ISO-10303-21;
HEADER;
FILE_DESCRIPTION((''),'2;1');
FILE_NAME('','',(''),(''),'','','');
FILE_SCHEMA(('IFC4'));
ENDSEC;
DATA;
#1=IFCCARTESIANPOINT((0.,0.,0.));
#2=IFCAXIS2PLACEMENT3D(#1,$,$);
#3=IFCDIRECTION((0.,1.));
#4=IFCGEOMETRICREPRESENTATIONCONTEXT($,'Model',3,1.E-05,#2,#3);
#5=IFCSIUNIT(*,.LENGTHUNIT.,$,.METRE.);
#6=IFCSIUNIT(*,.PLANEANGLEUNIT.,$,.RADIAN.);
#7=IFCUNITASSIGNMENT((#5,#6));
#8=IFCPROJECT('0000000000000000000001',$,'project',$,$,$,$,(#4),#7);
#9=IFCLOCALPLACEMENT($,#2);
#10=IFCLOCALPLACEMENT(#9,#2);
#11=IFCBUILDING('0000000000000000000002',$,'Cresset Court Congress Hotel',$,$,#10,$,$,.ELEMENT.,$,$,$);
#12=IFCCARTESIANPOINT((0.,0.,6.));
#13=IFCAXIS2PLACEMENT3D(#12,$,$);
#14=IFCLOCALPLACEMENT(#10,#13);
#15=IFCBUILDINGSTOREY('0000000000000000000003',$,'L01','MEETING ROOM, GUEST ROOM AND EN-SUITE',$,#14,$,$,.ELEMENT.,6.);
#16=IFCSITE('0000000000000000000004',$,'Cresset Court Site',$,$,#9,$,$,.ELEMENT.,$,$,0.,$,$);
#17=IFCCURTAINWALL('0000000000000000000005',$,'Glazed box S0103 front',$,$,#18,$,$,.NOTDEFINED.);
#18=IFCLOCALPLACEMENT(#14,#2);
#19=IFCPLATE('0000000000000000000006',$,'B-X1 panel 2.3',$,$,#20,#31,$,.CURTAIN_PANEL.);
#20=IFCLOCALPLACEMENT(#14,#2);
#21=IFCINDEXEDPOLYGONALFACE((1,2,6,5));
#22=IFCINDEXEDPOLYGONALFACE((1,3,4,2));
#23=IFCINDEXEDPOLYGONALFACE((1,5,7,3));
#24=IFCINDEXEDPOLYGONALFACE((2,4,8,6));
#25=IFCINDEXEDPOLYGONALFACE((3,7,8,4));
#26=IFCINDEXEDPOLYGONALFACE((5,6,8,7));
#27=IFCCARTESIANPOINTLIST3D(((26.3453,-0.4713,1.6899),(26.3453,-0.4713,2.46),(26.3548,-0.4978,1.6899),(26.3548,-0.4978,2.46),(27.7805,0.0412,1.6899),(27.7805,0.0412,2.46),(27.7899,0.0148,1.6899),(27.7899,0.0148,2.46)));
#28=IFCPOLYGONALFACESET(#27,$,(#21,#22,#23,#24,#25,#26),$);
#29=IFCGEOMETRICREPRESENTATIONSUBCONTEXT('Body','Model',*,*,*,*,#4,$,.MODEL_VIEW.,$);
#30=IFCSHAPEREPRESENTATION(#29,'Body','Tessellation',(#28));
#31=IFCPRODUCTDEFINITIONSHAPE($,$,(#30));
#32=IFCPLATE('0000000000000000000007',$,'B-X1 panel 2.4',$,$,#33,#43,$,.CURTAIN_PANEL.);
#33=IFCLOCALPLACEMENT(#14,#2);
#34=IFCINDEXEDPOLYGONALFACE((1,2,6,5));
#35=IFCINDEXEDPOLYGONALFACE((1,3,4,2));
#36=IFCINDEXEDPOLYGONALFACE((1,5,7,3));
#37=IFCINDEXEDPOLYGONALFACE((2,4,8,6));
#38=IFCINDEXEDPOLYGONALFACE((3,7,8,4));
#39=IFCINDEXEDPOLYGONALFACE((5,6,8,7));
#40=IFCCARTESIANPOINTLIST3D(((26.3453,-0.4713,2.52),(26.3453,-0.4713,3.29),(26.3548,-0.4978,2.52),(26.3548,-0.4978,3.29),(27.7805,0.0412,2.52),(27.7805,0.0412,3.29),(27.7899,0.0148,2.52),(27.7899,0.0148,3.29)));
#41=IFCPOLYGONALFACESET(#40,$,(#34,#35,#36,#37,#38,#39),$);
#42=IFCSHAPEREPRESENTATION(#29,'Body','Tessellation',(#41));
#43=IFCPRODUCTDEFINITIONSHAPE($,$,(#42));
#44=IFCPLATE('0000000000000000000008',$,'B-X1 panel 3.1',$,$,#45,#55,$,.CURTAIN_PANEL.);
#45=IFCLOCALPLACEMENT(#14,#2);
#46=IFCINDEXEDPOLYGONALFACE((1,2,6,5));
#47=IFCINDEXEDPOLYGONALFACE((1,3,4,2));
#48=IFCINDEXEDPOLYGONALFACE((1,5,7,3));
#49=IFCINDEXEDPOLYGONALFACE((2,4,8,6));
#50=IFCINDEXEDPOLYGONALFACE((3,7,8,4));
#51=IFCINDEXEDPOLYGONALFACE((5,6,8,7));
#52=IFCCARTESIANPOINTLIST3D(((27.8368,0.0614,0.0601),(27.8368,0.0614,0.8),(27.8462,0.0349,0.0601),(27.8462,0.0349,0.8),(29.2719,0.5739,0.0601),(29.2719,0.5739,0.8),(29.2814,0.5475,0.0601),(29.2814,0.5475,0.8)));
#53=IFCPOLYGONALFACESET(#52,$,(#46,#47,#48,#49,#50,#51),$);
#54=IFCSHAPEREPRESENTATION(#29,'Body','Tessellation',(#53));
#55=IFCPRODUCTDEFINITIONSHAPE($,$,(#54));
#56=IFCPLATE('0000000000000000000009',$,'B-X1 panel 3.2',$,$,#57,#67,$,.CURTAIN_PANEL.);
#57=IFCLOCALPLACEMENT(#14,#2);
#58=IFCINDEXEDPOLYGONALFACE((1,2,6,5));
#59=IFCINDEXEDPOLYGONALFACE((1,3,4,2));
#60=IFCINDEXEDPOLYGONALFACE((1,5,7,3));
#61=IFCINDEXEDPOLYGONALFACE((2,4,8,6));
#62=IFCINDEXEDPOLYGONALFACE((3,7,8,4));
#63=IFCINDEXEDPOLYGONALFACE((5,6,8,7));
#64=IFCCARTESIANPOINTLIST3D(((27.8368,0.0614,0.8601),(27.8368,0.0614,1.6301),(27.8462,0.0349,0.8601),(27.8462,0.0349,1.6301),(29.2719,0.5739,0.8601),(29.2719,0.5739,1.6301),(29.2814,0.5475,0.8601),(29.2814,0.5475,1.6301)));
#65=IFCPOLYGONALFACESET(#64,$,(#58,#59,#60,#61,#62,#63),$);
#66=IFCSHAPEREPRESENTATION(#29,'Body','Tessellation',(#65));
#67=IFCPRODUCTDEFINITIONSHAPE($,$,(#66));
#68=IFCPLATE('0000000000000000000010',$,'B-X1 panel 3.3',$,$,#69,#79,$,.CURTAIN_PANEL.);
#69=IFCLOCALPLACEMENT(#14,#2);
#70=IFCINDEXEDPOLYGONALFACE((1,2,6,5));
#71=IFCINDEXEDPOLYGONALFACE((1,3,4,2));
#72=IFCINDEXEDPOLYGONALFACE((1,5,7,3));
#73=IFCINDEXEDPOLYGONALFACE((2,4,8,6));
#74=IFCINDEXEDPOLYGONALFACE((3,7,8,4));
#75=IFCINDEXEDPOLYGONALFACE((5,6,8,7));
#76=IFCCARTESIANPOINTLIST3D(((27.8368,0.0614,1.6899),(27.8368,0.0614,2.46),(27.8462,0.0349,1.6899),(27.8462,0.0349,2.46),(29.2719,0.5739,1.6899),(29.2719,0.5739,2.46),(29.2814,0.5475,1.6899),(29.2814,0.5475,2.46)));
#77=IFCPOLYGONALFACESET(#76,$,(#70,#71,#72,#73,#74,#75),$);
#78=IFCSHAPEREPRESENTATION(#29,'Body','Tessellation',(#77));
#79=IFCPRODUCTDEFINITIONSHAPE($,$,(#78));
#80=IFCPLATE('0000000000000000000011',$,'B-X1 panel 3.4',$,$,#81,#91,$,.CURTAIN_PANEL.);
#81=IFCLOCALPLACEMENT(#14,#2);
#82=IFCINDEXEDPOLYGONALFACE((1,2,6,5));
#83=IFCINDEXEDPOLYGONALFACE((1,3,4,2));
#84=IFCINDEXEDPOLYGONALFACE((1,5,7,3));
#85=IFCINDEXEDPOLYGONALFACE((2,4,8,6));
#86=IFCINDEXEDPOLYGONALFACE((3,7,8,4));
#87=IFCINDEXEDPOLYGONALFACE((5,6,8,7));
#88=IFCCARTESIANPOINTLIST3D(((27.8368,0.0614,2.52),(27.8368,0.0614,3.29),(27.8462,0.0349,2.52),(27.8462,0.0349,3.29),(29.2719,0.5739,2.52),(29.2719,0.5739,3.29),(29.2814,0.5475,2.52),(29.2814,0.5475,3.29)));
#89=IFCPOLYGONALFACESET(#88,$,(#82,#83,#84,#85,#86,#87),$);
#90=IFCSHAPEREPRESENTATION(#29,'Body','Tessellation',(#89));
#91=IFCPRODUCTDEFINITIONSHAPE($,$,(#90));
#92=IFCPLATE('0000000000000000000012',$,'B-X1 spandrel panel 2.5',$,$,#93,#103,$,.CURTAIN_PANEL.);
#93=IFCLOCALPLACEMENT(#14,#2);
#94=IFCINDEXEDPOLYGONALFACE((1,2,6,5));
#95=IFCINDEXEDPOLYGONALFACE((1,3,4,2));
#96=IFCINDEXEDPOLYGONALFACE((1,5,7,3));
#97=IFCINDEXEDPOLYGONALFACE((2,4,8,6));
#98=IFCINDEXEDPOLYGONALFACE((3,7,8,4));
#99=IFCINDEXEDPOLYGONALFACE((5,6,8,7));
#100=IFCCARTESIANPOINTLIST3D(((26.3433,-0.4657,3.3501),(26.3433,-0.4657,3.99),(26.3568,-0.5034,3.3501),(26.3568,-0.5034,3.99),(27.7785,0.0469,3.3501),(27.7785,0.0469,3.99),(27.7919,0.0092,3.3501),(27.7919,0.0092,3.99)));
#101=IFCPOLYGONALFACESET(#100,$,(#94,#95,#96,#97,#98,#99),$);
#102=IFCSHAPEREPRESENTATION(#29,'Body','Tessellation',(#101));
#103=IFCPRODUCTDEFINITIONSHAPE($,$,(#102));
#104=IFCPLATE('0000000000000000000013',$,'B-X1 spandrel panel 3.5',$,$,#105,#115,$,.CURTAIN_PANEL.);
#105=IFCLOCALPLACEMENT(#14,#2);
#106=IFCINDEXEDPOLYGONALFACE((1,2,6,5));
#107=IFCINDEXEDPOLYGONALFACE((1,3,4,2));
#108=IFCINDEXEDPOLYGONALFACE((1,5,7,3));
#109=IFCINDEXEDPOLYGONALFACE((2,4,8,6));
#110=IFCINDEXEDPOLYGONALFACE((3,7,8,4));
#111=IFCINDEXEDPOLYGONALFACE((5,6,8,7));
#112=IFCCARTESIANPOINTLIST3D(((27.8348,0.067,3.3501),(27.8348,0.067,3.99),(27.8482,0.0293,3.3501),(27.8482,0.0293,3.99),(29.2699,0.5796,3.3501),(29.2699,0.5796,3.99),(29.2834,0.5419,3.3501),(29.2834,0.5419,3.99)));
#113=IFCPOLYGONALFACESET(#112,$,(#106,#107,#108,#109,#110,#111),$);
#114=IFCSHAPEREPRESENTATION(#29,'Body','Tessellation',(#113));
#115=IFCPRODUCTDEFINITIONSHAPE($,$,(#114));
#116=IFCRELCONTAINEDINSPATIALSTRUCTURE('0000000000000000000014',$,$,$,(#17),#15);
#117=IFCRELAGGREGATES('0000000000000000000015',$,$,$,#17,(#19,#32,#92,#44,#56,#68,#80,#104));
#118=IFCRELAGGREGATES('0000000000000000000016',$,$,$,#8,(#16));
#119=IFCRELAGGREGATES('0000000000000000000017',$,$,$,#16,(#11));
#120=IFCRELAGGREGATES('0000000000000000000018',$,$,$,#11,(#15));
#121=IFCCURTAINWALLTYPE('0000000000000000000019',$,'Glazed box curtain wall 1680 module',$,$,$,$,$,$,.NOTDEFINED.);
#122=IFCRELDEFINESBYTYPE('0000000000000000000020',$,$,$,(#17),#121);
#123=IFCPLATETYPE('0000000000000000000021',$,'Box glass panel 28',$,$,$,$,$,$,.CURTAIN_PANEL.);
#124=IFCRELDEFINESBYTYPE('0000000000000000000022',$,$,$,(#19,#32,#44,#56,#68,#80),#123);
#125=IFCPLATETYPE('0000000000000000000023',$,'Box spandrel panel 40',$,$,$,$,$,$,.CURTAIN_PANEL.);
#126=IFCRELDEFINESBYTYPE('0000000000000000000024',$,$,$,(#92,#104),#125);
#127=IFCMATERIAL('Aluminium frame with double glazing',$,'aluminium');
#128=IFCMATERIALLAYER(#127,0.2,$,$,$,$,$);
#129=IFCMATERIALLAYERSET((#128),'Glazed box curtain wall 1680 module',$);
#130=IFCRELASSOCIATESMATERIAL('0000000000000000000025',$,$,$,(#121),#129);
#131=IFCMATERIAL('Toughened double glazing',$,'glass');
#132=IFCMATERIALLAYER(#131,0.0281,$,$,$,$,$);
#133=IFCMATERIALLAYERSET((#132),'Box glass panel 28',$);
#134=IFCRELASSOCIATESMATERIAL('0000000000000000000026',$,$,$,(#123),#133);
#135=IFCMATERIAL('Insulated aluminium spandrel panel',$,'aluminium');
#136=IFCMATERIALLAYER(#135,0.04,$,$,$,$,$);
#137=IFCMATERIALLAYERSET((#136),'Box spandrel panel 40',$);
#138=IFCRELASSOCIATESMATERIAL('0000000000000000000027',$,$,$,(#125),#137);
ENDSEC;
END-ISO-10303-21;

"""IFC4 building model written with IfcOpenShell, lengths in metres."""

from ifc_helpers import new_model, si_unit, direction, frame, origin, origin_2d, place, context, subcontext, project, spatial, rectangle, extrude, material, layer, layer_set, type_object, element, aggregate, save


model = new_model("IFC4")

# Units and contexts
model_context = context("Model", 3, precision=1e-05, world=origin(), true_north=direction((0.0, 1.0)))
body_context = subcontext(model_context, "Body", "Model", "MODEL_VIEW")
ifc_project = project(units=[si_unit("LENGTHUNIT", "METRE"), si_unit("PLANEANGLEUNIT", "RADIAN")], contexts=[model_context])

# Site, building, storey
site_placement = place(None, origin())
site = spatial("IfcSite", under=ifc_project, at=site_placement, Name="Cresset Court Site", CompositionType="ELEMENT", RefElevation=0.0)
building_placement = place(site_placement, origin())
building = spatial("IfcBuilding", under=site, at=building_placement, Name="Cresset Court Congress Hotel", CompositionType="ELEMENT")
storey_placement = place(building_placement, frame((0.0, 0.0, 6.0)))
storey = spatial("IfcBuildingStorey", under=building, at=storey_placement, Name="L01", Description="MEETING ROOM, GUEST ROOM AND EN-SUITE", CompositionType="ELEMENT", Elevation=6.0)

# Curtain wall, plates
ifc_material_1 = material(Name="Aluminium frame with double glazing", Category="aluminium")
ifc_layer_1 = layer(ifc_material_1, 0.2)
ifc_layer_set_1 = layer_set([ifc_layer_1], Name="Glazed box curtain wall 1680 module")
curtain_wall_type = type_object("IfcCurtainWallType", Name="Glazed box curtain wall 1680 module", PredefinedType="NOTDEFINED", material=ifc_layer_set_1)
curtain_wall_placement = place(storey_placement, origin())
curtain_wall = element("IfcCurtainWall", 1, at=curtain_wall_placement, inside=storey, type_object=curtain_wall_type, Name="Glazed box S0103 front", PredefinedType="NOTDEFINED")
ifc_material_2 = material(Name="Toughened double glazing", Category="glass")
ifc_layer_2 = layer(ifc_material_2, 0.0281)
ifc_layer_set_2 = layer_set([ifc_layer_2], Name="Box glass panel 28")
plate_type_1 = type_object("IfcPlateType", Name="Box glass panel 28", PredefinedType="CURTAIN_PANEL", material=ifc_layer_set_2)
plate_1_placement = place(storey_placement, frame((27.0676, -0.2283, 1.6899), z_axis=(0.0, 0.0, 1.0), x_axis=(0.941742, 0.336336, 0.0)))
plate_1 = element("IfcPlate", 2, at=plate_1_placement, type_object=plate_type_1, Name="B-X1 panel 2.3", PredefinedType="CURTAIN_PANEL", context=body_context, shape_type="SweptSolid", body=[
    extrude(rectangle(XDim=1.5239, YDim=0.0281, at=origin_2d()), origin(), (0.0, 0.0, 1.0), 0.77),
])
plate_2_placement = place(storey_placement, frame((27.0676, -0.2283, 2.52), z_axis=(0.0, 0.0, 1.0), x_axis=(0.941742, 0.336336, 0.0)))
plate_2 = element("IfcPlate", 3, at=plate_2_placement, type_object=plate_type_1, Name="B-X1 panel 2.4", PredefinedType="CURTAIN_PANEL", context=body_context, shape_type="SweptSolid", body=[
    extrude(rectangle(XDim=1.5239, YDim=0.0281, at=origin_2d()), origin(), (0.0, 0.0, 1.0), 0.77),
])
plate_3_placement = place(storey_placement, frame((28.5591, 0.3044, 0.0601), z_axis=(0.0, 0.0, 1.0), x_axis=(0.941742, 0.336336, 0.0)))
plate_3 = element("IfcPlate", 4, at=plate_3_placement, type_object=plate_type_1, Name="B-X1 panel 3.1", PredefinedType="CURTAIN_PANEL", context=body_context, shape_type="SweptSolid", body=[
    extrude(rectangle(XDim=1.5239, YDim=0.0281, at=origin_2d()), origin(), (0.0, 0.0, 1.0), 0.74),
])
plate_4_placement = place(storey_placement, frame((28.5591, 0.3044, 0.8601), z_axis=(0.0, 0.0, 1.0), x_axis=(0.941742, 0.336336, 0.0)))
plate_4 = element("IfcPlate", 5, at=plate_4_placement, type_object=plate_type_1, Name="B-X1 panel 3.2", PredefinedType="CURTAIN_PANEL", context=body_context, shape_type="SweptSolid", body=[
    extrude(rectangle(XDim=1.5239, YDim=0.0281, at=origin_2d()), origin(), (0.0, 0.0, 1.0), 0.77),
])
plate_5_placement = place(storey_placement, frame((28.5591, 0.3044, 1.6899), z_axis=(0.0, 0.0, 1.0), x_axis=(0.941742, 0.336336, 0.0)))
plate_5 = element("IfcPlate", 6, at=plate_5_placement, type_object=plate_type_1, Name="B-X1 panel 3.3", PredefinedType="CURTAIN_PANEL", context=body_context, shape_type="SweptSolid", body=[
    extrude(rectangle(XDim=1.5239, YDim=0.0281, at=origin_2d()), origin(), (0.0, 0.0, 1.0), 0.77),
])
plate_6_placement = place(storey_placement, frame((28.5591, 0.3044, 2.52), z_axis=(0.0, 0.0, 1.0), x_axis=(0.941742, 0.336336, 0.0)))
plate_6 = element("IfcPlate", 7, at=plate_6_placement, type_object=plate_type_1, Name="B-X1 panel 3.4", PredefinedType="CURTAIN_PANEL", context=body_context, shape_type="SweptSolid", body=[
    extrude(rectangle(XDim=1.5239, YDim=0.0281, at=origin_2d()), origin(), (0.0, 0.0, 1.0), 0.77),
])
ifc_material_3 = material(Name="Insulated aluminium spandrel panel", Category="aluminium")
ifc_layer_3 = layer(ifc_material_3, 0.04)
ifc_layer_set_3 = layer_set([ifc_layer_3], Name="Box spandrel panel 40")
plate_type_2 = type_object("IfcPlateType", Name="Box spandrel panel 40", PredefinedType="CURTAIN_PANEL", material=ifc_layer_set_3)
plate_7_placement = place(storey_placement, frame((27.0676, -0.2283, 3.3501), z_axis=(0.0, 0.0, 1.0), x_axis=(0.941742, 0.336336, 0.0)))
plate_7 = element("IfcPlate", 8, at=plate_7_placement, type_object=plate_type_2, Name="B-X1 spandrel panel 2.5", PredefinedType="CURTAIN_PANEL", context=body_context, shape_type="SweptSolid", body=[
    extrude(rectangle(XDim=1.5239, YDim=0.04, at=origin_2d()), origin(), (0.0, 0.0, 1.0), 0.6399),
])
plate_8_placement = place(storey_placement, frame((28.5591, 0.3044, 3.3501), z_axis=(0.0, 0.0, 1.0), x_axis=(0.941742, 0.336336, 0.0)))
plate_8 = element("IfcPlate", 9, at=plate_8_placement, type_object=plate_type_2, Name="B-X1 spandrel panel 3.5", PredefinedType="CURTAIN_PANEL", context=body_context, shape_type="SweptSolid", body=[
    extrude(rectangle(XDim=1.5239, YDim=0.04, at=origin_2d()), origin(), (0.0, 0.0, 1.0), 0.6399),
])
aggregate(curtain_wall, [plate_1, plate_2, plate_7, plate_3, plate_4, plate_5, plate_6, plate_8])

save(model, "model.ifc")
